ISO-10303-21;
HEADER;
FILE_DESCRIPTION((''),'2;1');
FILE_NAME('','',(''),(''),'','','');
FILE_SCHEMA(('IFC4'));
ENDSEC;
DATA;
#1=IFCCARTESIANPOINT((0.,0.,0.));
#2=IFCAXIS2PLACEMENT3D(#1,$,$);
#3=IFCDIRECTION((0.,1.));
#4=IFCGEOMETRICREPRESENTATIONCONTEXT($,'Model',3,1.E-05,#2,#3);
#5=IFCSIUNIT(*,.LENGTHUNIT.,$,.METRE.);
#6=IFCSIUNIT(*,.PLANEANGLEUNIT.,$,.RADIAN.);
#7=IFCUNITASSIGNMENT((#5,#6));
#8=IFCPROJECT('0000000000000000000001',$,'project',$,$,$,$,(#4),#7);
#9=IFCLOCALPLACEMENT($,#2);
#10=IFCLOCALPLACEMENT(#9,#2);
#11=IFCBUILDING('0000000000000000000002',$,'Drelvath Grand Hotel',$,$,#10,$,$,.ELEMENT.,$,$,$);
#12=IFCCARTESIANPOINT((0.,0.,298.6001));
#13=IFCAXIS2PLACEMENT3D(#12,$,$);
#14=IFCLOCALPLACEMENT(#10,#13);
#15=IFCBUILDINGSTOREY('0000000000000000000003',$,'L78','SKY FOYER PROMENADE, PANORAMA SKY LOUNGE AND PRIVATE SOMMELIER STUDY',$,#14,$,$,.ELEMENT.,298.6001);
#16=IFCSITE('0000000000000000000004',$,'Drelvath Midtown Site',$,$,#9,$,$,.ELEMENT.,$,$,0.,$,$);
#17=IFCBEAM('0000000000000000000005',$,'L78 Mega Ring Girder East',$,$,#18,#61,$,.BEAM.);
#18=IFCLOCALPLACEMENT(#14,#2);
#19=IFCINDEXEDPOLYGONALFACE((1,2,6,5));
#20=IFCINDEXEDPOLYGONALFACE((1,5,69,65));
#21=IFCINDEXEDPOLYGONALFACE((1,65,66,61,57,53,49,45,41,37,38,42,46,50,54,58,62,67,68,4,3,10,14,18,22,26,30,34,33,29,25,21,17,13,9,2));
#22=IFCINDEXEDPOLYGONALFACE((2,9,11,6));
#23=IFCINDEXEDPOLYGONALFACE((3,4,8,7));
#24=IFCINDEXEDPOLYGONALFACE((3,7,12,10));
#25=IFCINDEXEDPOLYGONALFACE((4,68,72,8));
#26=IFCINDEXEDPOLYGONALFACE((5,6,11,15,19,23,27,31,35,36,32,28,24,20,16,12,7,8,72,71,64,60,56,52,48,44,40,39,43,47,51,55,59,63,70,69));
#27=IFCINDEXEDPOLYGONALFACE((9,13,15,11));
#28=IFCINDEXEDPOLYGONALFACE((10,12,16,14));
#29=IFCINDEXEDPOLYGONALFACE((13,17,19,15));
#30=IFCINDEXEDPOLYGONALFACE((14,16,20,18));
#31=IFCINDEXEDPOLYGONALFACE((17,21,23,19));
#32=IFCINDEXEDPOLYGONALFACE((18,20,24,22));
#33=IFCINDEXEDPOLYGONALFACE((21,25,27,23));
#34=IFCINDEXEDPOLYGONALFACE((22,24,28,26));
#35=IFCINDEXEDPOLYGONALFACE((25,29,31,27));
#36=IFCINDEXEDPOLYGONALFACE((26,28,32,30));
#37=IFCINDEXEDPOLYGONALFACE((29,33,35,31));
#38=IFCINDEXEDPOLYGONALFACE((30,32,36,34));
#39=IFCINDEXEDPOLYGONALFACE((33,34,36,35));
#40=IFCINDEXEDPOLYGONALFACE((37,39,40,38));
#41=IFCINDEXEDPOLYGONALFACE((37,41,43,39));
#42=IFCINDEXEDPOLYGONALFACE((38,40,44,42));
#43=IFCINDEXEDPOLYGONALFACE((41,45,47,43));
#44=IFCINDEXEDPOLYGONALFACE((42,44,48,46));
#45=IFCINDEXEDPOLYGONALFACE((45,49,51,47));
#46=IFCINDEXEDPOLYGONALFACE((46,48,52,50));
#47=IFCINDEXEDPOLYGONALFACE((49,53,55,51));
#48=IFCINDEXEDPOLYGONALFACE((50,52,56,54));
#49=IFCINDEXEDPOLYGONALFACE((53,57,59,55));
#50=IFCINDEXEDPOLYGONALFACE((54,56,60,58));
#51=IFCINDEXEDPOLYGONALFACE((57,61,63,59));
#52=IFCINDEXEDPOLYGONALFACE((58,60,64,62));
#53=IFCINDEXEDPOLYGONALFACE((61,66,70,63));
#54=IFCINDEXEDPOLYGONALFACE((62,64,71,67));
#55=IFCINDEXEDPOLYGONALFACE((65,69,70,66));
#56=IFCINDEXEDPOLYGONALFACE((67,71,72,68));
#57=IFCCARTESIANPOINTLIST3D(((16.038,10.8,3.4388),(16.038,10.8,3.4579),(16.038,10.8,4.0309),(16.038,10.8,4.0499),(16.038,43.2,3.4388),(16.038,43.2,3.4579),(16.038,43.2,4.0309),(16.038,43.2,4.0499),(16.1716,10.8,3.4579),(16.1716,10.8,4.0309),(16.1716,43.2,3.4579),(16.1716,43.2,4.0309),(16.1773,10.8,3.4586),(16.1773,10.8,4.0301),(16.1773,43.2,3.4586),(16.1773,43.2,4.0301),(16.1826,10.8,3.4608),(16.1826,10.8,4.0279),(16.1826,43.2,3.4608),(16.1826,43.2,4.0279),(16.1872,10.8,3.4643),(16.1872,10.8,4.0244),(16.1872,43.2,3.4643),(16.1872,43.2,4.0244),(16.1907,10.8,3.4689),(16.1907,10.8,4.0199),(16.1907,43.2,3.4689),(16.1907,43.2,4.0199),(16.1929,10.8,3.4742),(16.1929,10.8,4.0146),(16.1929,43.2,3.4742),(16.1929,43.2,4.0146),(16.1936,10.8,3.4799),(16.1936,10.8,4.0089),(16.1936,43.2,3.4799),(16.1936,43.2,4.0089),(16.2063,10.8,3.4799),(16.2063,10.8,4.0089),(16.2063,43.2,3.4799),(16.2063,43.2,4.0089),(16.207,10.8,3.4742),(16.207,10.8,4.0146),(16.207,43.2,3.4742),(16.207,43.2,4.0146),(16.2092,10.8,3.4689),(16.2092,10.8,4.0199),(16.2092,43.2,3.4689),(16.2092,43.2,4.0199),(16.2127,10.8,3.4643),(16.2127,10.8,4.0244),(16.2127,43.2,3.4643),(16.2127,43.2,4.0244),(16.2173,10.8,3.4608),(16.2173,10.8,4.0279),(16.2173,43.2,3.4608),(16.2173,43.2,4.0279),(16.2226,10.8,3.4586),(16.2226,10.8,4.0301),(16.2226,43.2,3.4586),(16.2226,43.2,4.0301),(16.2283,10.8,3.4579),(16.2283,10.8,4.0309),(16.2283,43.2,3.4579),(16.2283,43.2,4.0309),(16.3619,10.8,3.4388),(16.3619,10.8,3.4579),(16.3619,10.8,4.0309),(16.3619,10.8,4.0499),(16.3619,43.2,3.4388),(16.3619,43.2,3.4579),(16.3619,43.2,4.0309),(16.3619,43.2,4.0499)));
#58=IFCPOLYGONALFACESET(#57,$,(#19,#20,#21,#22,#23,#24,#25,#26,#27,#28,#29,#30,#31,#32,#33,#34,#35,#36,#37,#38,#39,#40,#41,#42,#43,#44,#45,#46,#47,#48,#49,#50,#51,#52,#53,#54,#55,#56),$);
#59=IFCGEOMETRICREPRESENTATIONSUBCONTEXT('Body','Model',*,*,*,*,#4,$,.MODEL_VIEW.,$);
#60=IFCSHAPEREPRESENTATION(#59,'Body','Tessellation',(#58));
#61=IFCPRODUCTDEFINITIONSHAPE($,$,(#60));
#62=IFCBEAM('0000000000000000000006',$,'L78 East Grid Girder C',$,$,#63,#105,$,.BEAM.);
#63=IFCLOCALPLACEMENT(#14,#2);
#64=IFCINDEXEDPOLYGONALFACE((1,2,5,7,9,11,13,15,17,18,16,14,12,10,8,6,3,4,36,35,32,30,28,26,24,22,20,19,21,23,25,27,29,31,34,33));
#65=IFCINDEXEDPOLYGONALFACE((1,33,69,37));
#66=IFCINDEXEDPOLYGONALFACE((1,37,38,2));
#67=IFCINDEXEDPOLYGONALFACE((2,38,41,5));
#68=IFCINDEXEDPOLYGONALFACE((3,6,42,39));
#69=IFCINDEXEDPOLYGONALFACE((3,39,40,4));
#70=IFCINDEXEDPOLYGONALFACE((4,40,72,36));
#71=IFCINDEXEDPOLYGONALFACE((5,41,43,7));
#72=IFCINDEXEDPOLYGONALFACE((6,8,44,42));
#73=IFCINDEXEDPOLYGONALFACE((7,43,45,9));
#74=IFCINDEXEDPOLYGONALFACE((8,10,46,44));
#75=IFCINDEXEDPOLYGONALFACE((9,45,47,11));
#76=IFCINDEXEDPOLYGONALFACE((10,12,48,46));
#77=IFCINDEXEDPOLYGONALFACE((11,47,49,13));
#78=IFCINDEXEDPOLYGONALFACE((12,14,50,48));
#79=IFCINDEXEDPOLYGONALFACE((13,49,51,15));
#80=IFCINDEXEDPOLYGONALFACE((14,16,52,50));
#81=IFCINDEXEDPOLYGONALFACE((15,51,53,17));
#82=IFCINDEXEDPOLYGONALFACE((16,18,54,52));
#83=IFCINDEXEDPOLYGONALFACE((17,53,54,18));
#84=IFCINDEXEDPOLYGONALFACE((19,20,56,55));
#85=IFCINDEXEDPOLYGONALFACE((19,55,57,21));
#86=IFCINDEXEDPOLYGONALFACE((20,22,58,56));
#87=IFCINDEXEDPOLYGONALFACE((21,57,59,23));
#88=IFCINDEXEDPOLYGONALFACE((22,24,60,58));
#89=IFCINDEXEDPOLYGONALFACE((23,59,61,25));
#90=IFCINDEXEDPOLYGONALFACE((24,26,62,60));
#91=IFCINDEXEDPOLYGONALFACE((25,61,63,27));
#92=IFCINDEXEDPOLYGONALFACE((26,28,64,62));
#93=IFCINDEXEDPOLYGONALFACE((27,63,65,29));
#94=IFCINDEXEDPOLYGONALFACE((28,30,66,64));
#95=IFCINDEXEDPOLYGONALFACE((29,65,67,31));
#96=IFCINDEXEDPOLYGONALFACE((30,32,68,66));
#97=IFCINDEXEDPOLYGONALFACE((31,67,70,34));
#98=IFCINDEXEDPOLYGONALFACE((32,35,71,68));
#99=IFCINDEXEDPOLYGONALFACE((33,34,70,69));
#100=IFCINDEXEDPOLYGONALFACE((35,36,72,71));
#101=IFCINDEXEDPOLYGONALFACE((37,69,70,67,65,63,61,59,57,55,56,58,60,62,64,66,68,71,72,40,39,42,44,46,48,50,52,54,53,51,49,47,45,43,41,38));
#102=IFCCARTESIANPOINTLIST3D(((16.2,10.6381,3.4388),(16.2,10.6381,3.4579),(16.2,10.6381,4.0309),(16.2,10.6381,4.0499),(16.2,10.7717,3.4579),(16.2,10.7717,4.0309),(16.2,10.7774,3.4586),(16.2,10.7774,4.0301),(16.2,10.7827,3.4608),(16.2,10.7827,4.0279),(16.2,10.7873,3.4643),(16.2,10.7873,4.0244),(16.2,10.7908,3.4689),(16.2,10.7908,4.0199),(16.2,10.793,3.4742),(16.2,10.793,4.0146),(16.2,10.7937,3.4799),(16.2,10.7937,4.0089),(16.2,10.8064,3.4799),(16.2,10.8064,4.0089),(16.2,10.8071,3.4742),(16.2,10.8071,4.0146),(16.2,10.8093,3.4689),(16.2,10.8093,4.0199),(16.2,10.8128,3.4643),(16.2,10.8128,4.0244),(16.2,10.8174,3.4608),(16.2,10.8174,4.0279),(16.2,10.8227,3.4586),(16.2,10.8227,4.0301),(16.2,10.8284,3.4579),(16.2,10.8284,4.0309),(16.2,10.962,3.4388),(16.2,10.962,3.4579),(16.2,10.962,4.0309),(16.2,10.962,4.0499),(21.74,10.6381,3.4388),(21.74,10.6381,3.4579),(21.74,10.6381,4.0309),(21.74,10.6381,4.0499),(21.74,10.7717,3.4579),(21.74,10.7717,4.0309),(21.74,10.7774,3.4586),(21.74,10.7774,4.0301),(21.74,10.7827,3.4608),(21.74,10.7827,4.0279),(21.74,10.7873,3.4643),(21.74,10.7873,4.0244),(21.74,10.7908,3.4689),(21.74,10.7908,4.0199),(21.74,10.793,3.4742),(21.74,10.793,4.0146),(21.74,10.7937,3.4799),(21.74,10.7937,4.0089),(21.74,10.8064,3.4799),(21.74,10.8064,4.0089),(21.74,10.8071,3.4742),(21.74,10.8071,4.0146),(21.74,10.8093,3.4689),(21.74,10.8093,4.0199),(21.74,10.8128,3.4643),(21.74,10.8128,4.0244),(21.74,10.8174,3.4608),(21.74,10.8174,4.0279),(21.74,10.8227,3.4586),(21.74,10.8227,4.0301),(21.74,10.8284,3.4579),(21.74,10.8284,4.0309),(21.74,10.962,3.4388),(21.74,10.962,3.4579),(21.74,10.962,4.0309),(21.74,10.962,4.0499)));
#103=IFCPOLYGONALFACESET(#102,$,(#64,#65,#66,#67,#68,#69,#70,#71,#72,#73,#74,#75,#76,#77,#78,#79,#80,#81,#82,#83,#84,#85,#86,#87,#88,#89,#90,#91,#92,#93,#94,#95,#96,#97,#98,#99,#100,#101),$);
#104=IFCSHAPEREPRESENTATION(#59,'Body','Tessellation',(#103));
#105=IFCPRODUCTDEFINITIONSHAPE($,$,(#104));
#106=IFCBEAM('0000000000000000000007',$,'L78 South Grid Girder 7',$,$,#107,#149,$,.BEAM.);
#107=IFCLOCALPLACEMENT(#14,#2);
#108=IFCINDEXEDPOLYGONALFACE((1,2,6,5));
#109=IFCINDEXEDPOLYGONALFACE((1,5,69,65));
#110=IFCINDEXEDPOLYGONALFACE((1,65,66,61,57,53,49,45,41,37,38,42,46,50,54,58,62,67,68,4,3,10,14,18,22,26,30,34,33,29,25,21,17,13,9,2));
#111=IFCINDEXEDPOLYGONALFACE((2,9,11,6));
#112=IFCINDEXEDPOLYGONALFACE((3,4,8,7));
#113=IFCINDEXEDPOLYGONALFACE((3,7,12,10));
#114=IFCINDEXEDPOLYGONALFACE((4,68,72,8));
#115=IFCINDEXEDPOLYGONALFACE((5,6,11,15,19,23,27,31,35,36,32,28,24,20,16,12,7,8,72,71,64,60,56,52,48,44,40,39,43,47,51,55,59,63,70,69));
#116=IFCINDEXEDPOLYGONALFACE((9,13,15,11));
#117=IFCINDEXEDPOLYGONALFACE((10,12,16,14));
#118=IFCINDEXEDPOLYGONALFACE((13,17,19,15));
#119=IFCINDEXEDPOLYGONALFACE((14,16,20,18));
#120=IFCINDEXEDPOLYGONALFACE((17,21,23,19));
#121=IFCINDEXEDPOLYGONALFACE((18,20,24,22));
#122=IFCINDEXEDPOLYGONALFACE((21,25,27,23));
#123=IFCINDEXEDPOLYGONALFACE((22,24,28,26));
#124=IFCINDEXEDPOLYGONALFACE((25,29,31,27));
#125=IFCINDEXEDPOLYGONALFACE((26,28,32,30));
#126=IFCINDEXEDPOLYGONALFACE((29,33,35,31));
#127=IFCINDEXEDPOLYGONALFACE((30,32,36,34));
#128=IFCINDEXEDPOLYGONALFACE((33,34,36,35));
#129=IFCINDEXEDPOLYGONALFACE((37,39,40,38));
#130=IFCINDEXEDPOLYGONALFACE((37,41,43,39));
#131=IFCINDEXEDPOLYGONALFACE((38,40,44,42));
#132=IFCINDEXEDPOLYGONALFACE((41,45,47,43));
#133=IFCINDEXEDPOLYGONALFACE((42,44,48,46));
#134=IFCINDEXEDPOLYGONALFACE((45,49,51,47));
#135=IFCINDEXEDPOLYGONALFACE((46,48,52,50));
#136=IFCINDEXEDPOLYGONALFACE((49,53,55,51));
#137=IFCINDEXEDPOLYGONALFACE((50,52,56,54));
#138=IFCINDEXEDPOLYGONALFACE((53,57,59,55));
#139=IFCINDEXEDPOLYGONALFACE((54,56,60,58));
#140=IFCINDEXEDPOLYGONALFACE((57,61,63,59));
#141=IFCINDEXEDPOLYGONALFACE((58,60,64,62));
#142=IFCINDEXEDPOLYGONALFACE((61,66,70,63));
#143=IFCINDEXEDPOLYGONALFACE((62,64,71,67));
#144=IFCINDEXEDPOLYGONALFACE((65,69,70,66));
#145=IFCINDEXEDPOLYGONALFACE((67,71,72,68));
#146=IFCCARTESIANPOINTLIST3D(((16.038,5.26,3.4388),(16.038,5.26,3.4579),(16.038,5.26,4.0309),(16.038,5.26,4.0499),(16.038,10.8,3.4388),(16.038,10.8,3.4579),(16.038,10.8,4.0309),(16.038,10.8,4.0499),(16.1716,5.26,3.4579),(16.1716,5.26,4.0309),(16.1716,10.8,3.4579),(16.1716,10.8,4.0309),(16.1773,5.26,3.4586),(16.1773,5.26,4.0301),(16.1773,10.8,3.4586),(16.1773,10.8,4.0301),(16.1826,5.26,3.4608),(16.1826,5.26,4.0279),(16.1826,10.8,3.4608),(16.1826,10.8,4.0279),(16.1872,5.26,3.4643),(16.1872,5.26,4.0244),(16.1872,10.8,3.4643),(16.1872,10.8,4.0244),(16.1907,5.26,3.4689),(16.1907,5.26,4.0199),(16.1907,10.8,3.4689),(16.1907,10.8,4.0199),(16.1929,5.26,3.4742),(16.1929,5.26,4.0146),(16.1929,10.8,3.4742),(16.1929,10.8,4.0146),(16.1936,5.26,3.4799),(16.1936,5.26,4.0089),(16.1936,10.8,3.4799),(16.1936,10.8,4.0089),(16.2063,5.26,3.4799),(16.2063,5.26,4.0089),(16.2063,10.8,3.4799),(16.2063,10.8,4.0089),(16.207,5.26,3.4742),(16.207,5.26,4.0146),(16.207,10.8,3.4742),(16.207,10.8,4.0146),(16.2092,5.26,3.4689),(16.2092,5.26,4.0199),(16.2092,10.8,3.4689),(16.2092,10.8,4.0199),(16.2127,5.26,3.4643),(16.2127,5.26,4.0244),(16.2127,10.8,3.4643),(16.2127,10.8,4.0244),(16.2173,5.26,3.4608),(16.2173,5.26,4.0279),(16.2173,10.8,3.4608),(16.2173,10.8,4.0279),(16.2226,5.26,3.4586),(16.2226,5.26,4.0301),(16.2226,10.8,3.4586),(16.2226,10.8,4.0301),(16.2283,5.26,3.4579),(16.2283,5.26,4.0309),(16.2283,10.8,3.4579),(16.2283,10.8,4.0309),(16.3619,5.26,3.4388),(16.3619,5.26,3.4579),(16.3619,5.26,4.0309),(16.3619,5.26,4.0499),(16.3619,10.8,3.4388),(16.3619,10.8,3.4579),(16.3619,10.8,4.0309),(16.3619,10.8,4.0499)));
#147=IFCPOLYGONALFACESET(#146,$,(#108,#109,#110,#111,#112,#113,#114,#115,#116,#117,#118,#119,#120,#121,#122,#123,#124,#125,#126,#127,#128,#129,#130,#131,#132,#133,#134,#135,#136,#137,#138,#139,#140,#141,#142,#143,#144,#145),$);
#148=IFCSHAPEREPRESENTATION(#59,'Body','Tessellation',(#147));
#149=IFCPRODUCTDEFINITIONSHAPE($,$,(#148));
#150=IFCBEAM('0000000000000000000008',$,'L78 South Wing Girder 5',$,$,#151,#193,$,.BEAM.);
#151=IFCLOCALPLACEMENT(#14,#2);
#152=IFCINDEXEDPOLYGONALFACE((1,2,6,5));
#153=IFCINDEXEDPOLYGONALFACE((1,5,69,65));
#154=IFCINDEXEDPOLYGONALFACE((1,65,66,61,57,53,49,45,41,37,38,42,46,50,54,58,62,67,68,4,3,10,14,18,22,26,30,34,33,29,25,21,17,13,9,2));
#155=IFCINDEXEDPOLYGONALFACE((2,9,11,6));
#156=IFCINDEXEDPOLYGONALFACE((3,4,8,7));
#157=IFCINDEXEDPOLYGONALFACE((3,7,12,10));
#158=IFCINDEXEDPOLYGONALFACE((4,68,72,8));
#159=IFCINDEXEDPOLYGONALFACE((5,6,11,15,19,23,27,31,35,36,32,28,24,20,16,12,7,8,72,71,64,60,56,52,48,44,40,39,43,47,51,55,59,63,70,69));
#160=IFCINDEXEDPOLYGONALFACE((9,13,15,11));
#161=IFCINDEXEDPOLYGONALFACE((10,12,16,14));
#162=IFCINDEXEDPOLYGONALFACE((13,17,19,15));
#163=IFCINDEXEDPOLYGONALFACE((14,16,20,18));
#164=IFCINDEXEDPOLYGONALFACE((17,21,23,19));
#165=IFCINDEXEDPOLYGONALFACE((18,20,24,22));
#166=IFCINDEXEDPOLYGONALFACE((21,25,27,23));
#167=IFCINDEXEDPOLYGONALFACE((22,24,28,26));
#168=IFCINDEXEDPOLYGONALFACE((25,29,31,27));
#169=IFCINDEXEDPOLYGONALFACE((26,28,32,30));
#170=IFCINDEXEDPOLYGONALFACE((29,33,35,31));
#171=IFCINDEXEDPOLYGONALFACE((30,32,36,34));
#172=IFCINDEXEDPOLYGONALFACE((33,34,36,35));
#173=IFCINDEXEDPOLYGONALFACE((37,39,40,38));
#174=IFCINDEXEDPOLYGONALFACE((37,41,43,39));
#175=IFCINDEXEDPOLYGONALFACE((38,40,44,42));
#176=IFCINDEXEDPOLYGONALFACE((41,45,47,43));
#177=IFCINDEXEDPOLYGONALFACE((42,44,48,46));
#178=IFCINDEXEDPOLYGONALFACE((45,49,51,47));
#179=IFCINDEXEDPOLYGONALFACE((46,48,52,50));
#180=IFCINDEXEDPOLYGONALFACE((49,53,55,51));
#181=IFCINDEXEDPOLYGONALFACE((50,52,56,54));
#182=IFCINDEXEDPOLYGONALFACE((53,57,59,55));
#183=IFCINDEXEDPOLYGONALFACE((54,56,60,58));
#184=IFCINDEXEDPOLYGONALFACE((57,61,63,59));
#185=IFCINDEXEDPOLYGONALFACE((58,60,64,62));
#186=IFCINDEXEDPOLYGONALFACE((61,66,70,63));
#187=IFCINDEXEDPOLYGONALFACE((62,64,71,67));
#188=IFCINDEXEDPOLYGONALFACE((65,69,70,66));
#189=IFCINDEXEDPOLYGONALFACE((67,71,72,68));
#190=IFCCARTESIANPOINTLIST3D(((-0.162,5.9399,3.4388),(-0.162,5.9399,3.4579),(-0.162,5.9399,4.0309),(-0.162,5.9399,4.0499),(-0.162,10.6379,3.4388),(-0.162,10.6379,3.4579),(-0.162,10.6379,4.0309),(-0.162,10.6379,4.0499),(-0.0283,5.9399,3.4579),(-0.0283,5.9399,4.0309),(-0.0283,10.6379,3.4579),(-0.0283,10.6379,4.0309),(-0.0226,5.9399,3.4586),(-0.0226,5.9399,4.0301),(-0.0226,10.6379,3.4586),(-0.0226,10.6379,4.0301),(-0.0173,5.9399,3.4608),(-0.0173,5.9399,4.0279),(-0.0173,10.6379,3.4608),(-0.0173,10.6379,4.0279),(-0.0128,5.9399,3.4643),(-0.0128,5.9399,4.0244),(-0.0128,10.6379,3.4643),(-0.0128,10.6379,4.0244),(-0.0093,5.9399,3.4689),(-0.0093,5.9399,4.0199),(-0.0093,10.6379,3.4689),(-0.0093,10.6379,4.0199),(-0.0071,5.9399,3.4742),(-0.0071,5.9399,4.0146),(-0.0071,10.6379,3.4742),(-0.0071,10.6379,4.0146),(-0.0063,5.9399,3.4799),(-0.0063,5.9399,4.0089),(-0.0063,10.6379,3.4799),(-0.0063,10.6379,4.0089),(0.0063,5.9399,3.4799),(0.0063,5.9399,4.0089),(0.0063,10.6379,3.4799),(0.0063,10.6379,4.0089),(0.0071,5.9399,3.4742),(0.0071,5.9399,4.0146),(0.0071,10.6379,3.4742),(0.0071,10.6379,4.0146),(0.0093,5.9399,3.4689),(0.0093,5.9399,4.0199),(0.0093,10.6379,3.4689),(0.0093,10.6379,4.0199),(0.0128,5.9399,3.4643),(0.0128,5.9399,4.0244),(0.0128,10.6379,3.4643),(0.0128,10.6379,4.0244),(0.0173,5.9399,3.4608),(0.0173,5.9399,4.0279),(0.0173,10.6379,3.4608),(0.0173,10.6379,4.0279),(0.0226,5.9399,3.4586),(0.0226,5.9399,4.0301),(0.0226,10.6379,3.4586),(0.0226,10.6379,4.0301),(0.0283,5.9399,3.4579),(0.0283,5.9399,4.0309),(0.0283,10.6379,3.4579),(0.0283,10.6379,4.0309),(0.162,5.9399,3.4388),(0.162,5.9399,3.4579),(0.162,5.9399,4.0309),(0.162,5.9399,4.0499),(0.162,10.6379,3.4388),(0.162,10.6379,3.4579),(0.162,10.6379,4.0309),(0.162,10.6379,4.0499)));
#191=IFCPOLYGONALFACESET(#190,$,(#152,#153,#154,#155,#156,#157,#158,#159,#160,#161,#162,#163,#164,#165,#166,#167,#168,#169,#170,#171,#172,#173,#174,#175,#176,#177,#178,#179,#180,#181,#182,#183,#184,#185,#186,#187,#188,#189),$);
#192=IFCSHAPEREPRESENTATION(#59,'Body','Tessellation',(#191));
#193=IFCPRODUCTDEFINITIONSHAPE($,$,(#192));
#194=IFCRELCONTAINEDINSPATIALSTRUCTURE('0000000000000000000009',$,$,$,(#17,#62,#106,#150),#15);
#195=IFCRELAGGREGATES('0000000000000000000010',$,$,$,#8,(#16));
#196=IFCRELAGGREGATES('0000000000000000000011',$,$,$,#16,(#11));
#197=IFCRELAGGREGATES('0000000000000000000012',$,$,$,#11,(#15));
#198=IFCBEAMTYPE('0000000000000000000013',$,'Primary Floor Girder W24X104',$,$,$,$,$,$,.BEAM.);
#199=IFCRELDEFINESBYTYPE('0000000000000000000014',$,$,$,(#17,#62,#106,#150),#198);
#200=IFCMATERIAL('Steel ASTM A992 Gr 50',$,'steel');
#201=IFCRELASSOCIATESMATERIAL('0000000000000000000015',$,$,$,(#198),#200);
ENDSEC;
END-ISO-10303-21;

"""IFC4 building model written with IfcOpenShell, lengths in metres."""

from ifc_helpers import new_model, si_unit, direction, frame, origin, origin_2d, place, context, subcontext, project, spatial, i_section, extrude, material, material_profile, profile_set, type_object, element, save


model = new_model("IFC4")

# Units and contexts
model_context = context("Model", 3, precision=1e-05, world=origin(), true_north=direction((0.0, 1.0)))
body_context = subcontext(model_context, "Body", "Model", "MODEL_VIEW")
ifc_project = project(units=[si_unit("LENGTHUNIT", "METRE"), si_unit("PLANEANGLEUNIT", "RADIAN")], contexts=[model_context])

# Site, building, storey
site_placement = place(None, origin())
site = spatial("IfcSite", under=ifc_project, at=site_placement, Name="Drelvath Midtown Site", CompositionType="ELEMENT", RefElevation=0.0)
building_placement = place(site_placement, origin())
building = spatial("IfcBuilding", under=site, at=building_placement, Name="Drelvath Grand Hotel", CompositionType="ELEMENT")
storey_placement = place(building_placement, frame((0.0, 0.0, 298.6001)))
storey = spatial("IfcBuildingStorey", under=building, at=storey_placement, Name="L78", Description="SKY FOYER PROMENADE, PANORAMA SKY LOUNGE AND PRIVATE SOMMELIER STUDY", CompositionType="ELEMENT", Elevation=298.6001)

# Shared definitions
ifc_material_1 = material(Name="Steel ASTM A992 Gr 50", Category="steel")

# Beams
ifc_material_profile_1 = material_profile(ifc_material_1, i_section(OverallWidth=0.324, OverallDepth=0.6111, WebThickness=0.0127, FlangeThickness=0.019, FilletRadius=0.022, at=origin_2d()), Name="W24X104")
ifc_profile_set_1 = profile_set([ifc_material_profile_1], Name="Steel ASTM A992 Gr 50")
beam_type_1 = type_object("IfcBeamType", Name="Primary Floor Girder W24X104", PredefinedType="BEAM", material=ifc_profile_set_1)
beam_1_placement = place(storey_placement, frame((16.2, 10.8, 3.7444), z_axis=(0.0, 1.0, 0.0), x_axis=(-1.0, 0.0, 0.0)))
element("IfcBeam", 1, at=beam_1_placement, inside=storey, type_object=beam_type_1, Name="L78 Mega Ring Girder East", PredefinedType="BEAM", context=body_context, shape_type="SweptSolid", body=[
    extrude(i_section(OverallWidth=0.324, OverallDepth=0.6111, WebThickness=0.0127, FlangeThickness=0.019, FilletRadius=0.022, at=origin_2d()), origin(), (0.0, 0.0, 1.0), 32.3999),
])
for number, where, z_axis, x_axis, name in (
    (2, (16.2, 10.8, 3.7444), (1.0, 0.0, 0.0), (0.0, 1.0, 0.0), "L78 East Grid Girder C"),
    (3, (16.2, 5.26, 3.7444), (0.0, 1.0, 0.0), (-1.0, 0.0, 0.0), "L78 South Grid Girder 7"),
):
    element("IfcBeam", number, at=place(storey_placement, frame(where, z_axis=z_axis, x_axis=x_axis)), inside=storey, type_object=beam_type_1, Name=name, PredefinedType="BEAM", context=body_context, shape_type="SweptSolid", body=[
        extrude(i_section(OverallWidth=0.324, OverallDepth=0.6111, WebThickness=0.0127, FlangeThickness=0.019, FilletRadius=0.022, at=origin_2d()), origin(), (0.0, 0.0, 1.0), 5.54),
    ])
beam_2_placement = place(storey_placement, frame((0.0, 5.9399, 3.7444), z_axis=(0.0, 1.0, 0.0), x_axis=(-1.0, 0.0, 0.0)))
element("IfcBeam", 4, at=beam_2_placement, inside=storey, type_object=beam_type_1, Name="L78 South Wing Girder 5", PredefinedType="BEAM", context=body_context, shape_type="SweptSolid", body=[
    extrude(i_section(OverallWidth=0.324, OverallDepth=0.6111, WebThickness=0.0127, FlangeThickness=0.019, FilletRadius=0.022, at=origin_2d()), origin(), (0.0, 0.0, 1.0), 4.698),
])

save(model, "model.ifc")
